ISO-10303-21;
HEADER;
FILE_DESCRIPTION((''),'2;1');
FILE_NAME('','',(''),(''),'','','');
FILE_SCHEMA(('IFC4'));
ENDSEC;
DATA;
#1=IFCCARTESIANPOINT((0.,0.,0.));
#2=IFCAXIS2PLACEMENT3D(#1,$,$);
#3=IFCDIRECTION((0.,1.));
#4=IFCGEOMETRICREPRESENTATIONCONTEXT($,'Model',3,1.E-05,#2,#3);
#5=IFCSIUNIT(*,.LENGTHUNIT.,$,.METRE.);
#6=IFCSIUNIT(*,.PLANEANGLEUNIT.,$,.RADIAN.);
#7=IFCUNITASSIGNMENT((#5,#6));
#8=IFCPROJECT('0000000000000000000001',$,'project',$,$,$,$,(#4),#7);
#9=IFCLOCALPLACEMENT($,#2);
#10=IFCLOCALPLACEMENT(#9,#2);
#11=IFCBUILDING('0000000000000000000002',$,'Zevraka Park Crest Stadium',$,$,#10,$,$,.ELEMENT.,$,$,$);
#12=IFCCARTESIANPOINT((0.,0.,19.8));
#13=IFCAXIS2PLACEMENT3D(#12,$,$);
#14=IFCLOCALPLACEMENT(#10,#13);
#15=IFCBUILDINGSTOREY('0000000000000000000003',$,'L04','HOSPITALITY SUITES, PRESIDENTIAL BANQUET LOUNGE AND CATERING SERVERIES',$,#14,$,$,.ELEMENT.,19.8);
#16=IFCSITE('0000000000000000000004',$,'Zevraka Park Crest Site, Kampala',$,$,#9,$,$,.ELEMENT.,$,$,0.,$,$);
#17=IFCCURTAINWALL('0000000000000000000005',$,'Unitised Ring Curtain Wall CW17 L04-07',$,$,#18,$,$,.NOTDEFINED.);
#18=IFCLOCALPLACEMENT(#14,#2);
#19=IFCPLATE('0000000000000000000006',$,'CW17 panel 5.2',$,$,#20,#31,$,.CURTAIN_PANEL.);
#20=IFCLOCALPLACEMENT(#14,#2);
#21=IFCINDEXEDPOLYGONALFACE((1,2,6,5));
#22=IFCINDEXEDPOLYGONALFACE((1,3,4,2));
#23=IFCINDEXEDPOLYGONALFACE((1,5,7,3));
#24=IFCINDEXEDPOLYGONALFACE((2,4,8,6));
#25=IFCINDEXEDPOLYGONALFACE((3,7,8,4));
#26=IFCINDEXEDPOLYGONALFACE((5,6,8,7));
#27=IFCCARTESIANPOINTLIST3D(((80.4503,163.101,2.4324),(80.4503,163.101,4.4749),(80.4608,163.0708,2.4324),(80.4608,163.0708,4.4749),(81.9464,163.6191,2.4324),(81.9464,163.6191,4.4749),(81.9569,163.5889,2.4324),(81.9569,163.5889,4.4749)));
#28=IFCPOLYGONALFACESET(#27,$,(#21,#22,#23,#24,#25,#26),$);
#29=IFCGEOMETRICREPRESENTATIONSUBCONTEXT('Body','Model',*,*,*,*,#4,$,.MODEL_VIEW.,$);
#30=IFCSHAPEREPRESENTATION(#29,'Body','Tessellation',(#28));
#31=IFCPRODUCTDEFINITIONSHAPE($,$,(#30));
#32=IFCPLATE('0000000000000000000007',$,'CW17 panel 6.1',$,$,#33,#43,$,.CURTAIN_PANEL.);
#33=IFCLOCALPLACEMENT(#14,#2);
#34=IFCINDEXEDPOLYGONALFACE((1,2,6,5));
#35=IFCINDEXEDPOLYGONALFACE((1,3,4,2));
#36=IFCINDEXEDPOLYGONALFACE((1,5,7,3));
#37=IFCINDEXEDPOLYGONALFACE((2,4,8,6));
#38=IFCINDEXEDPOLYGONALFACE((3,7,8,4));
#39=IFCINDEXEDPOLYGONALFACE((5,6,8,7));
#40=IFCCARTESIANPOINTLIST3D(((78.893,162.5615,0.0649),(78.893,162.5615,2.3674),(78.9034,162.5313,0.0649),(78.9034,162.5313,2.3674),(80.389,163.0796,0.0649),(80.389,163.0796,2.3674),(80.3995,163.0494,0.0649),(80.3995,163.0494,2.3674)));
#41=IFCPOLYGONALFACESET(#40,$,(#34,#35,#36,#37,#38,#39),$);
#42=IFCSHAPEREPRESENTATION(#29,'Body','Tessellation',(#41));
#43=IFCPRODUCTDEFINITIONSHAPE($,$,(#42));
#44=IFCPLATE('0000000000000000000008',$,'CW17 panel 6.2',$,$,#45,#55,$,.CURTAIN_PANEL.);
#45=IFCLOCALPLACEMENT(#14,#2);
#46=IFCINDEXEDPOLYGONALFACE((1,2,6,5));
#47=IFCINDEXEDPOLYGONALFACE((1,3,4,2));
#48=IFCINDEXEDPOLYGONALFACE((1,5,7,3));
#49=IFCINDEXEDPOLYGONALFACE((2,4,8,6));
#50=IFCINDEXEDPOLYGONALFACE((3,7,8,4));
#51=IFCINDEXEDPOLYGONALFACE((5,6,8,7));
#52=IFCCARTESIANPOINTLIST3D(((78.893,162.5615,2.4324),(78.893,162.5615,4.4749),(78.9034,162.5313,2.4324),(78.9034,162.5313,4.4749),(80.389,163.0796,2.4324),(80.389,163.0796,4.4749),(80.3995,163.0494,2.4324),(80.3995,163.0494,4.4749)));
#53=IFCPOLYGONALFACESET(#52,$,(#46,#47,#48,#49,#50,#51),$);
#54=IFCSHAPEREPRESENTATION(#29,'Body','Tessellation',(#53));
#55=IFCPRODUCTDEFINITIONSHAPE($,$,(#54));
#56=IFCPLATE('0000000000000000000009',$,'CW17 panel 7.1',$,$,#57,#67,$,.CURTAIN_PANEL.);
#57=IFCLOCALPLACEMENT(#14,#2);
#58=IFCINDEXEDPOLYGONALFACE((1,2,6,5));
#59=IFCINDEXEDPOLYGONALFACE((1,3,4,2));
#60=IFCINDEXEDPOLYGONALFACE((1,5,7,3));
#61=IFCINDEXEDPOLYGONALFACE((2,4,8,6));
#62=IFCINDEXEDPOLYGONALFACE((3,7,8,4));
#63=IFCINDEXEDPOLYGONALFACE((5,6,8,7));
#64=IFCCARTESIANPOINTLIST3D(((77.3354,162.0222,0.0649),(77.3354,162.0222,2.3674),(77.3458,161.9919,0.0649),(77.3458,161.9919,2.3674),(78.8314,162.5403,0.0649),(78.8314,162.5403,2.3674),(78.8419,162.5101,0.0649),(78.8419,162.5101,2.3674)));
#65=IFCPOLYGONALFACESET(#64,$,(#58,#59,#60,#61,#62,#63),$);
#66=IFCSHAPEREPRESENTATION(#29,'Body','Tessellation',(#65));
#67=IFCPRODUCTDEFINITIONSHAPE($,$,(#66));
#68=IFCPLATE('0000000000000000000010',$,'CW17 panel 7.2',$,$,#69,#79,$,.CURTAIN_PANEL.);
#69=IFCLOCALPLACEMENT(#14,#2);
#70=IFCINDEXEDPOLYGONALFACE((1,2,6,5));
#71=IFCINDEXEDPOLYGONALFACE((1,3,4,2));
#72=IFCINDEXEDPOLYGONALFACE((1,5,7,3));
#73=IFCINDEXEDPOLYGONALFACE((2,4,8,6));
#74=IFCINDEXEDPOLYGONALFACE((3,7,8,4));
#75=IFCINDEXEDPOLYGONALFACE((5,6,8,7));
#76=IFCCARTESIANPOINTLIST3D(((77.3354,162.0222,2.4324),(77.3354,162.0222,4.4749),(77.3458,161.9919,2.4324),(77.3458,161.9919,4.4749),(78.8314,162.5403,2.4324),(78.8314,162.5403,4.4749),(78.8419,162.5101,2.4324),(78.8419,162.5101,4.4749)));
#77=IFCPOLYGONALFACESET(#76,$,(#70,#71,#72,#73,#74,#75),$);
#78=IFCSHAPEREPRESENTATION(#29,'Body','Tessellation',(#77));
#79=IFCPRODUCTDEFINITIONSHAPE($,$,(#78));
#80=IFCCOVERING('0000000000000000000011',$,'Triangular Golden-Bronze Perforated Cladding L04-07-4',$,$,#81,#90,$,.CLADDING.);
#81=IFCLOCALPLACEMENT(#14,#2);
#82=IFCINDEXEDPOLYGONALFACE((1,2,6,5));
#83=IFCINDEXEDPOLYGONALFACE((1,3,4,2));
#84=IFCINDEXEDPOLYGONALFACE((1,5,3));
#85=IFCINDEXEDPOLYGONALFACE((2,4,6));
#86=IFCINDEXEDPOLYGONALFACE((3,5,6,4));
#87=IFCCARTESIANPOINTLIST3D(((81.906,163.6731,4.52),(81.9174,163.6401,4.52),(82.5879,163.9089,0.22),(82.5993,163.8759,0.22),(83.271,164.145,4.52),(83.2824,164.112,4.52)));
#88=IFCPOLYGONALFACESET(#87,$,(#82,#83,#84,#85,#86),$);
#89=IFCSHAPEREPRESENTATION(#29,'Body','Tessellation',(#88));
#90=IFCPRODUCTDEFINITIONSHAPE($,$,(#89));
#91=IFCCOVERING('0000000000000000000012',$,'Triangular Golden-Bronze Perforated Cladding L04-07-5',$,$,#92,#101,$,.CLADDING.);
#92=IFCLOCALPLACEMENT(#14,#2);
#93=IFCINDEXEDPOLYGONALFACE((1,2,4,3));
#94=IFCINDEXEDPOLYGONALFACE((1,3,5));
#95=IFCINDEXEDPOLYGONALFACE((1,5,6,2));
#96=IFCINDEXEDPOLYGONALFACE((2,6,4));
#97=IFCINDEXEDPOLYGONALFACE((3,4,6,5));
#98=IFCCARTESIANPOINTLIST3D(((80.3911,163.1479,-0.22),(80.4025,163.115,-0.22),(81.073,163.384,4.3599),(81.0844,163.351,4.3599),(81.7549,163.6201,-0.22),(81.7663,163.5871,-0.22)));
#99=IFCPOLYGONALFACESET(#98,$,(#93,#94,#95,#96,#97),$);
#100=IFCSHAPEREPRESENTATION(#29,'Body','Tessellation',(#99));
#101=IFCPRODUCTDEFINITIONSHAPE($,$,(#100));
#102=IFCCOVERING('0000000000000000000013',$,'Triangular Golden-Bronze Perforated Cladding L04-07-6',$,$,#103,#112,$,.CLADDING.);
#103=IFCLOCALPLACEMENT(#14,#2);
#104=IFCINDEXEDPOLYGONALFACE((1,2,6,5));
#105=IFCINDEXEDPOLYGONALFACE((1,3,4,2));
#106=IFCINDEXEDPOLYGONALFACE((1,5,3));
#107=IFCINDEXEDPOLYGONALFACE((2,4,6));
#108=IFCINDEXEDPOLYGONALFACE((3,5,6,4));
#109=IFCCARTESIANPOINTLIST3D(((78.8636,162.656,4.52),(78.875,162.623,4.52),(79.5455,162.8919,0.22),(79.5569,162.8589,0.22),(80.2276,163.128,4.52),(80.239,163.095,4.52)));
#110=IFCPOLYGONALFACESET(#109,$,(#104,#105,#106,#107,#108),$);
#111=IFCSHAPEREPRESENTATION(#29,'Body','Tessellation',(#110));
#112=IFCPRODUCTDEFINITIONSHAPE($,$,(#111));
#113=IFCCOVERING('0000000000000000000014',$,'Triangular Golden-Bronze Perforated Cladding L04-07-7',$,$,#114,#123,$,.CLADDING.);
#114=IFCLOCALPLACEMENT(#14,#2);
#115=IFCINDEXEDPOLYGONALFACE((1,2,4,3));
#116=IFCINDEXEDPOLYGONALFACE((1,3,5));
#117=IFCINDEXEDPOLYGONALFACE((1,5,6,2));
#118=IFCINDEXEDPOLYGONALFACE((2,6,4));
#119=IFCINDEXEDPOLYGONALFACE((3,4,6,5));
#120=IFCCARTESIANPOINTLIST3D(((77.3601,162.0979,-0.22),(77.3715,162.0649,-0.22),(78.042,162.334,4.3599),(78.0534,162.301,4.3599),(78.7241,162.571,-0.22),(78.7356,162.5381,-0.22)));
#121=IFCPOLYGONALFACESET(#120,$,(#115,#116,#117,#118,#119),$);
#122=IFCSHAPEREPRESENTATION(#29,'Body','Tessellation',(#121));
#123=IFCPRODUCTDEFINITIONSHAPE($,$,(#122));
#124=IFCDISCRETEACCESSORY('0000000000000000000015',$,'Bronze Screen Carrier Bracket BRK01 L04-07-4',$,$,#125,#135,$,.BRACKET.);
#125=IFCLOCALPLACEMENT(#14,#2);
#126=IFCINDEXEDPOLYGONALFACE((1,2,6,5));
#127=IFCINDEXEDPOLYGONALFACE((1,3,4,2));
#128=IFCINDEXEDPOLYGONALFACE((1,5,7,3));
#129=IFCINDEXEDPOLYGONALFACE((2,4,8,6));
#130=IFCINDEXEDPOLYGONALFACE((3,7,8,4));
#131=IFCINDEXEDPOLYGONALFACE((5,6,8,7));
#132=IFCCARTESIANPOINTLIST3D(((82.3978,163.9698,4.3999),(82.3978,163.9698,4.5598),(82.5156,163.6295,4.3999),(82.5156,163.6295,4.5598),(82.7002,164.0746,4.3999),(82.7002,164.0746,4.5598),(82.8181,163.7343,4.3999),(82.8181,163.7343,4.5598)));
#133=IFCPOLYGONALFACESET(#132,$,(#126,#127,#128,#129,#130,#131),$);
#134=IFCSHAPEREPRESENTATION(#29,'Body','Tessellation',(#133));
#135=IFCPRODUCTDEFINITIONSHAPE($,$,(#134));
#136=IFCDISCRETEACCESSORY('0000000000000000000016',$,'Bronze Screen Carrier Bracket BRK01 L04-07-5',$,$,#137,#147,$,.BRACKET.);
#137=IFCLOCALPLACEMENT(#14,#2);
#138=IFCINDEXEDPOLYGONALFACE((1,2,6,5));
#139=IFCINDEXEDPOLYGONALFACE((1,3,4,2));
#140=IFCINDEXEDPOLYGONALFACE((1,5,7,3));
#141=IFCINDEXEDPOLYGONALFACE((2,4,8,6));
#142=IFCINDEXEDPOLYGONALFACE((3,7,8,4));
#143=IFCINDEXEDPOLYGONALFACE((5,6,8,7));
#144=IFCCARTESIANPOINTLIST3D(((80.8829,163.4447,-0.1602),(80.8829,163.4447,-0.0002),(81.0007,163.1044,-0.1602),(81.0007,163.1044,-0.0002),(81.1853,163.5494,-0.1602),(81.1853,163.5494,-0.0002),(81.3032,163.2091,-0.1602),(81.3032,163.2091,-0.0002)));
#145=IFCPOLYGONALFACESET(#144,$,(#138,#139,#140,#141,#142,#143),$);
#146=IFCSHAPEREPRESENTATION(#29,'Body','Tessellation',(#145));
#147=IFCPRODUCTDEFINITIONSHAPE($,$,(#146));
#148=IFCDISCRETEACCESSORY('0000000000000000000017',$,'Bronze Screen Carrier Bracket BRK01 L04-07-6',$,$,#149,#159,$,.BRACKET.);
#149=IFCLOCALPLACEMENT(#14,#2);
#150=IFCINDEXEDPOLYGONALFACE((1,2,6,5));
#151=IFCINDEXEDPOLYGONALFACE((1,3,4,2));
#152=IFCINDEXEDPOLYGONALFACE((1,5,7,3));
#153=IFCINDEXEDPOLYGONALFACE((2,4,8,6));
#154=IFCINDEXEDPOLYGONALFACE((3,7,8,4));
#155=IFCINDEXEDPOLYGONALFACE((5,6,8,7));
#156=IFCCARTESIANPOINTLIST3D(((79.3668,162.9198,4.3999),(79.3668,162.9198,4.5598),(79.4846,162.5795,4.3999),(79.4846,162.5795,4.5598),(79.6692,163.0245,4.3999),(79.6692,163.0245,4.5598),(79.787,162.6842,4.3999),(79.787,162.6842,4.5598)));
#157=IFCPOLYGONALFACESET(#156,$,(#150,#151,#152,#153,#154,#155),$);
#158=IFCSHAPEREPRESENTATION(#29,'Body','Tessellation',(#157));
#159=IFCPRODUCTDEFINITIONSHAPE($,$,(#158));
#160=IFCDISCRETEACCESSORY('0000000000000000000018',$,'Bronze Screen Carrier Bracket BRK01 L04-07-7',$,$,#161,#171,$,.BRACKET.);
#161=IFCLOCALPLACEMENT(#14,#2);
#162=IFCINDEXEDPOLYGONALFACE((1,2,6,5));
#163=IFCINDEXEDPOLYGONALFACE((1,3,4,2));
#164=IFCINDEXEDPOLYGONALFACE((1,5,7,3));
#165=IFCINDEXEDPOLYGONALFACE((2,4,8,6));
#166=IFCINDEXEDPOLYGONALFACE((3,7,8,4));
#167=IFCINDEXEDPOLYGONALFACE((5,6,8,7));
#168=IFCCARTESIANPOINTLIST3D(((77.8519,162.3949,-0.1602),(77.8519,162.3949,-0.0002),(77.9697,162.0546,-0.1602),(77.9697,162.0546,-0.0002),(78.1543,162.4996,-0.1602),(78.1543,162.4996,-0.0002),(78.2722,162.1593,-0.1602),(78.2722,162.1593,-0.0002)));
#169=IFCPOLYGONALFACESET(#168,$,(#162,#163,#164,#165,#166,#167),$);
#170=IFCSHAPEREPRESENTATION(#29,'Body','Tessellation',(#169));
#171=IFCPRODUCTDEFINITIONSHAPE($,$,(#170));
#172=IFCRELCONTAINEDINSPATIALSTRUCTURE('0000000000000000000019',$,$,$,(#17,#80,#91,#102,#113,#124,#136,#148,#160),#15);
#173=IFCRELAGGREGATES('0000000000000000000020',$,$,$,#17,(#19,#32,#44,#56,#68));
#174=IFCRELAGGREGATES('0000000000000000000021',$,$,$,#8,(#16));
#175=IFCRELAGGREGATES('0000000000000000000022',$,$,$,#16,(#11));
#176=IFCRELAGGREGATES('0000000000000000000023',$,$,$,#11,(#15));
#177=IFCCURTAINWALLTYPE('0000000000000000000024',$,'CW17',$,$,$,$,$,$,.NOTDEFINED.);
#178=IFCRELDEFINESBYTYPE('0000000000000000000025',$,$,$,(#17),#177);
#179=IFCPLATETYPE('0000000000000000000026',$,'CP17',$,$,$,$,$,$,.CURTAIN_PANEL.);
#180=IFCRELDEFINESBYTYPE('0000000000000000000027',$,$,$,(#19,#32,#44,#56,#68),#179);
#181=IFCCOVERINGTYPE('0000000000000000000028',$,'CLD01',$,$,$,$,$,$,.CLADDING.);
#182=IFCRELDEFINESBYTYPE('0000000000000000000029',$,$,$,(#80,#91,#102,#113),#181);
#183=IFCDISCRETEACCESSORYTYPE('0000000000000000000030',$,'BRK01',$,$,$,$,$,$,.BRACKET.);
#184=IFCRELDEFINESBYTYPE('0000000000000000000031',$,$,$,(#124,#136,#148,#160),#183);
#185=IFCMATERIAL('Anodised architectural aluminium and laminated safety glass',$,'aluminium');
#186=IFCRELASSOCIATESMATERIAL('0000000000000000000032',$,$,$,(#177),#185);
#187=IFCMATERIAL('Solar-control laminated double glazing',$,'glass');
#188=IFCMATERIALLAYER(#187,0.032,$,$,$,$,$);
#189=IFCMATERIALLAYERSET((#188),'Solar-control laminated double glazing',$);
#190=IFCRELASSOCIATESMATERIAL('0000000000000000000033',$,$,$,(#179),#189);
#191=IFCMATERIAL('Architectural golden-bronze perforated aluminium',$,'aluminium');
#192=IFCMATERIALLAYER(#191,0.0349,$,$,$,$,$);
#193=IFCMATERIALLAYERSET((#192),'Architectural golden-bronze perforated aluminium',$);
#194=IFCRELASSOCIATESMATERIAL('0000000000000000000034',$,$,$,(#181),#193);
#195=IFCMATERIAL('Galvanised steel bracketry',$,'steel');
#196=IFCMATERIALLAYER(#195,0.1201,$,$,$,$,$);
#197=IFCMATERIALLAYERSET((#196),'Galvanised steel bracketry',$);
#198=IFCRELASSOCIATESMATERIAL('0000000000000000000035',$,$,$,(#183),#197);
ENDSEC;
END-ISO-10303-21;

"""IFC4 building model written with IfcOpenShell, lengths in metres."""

from ifc_helpers import new_model, si_unit, direction, frame, origin, origin_2d, place, context, subcontext, project, spatial, polyline, rectangle, outline, extrude, material, layer, layer_set, type_object, element, aggregate, save


model = new_model("IFC4")

# Units and contexts
model_context = context("Model", 3, precision=1e-05, world=origin(), true_north=direction((0.0, 1.0)))
body_context = subcontext(model_context, "Body", "Model", "MODEL_VIEW")
ifc_project = project(units=[si_unit("LENGTHUNIT", "METRE"), si_unit("PLANEANGLEUNIT", "RADIAN")], contexts=[model_context])

# Site, building, storey
site_placement = place(None, origin())
site = spatial("IfcSite", under=ifc_project, at=site_placement, Name="Zevraka Park Crest Site, Kampala", CompositionType="ELEMENT", RefElevation=0.0)
building_placement = place(site_placement, origin())
building = spatial("IfcBuilding", under=site, at=building_placement, Name="Zevraka Park Crest Stadium", CompositionType="ELEMENT")
storey_placement = place(building_placement, frame((0.0, 0.0, 19.8)))
storey = spatial("IfcBuildingStorey", under=building, at=storey_placement, Name="L04", Description="HOSPITALITY SUITES, PRESIDENTIAL BANQUET LOUNGE AND CATERING SERVERIES", CompositionType="ELEMENT", Elevation=19.8)

# Curtain wall, plates
ifc_material_1 = material(Name="Anodised architectural aluminium and laminated safety glass", Category="aluminium")
curtain_wall_type = type_object("IfcCurtainWallType", Name="CW17", PredefinedType="NOTDEFINED", material=ifc_material_1)
curtain_wall_placement = place(storey_placement, origin())
curtain_wall = element("IfcCurtainWall", 1, at=curtain_wall_placement, inside=storey, type_object=curtain_wall_type, Name="Unitised Ring Curtain Wall CW17 L04-07", PredefinedType="NOTDEFINED")
ifc_material_2 = material(Name="Solar-control laminated double glazing", Category="glass")
ifc_layer_1 = layer(ifc_material_2, 0.032)
ifc_layer_set_1 = layer_set([ifc_layer_1], Name="Solar-control laminated double glazing")
plate_type = type_object("IfcPlateType", Name="CP17", PredefinedType="CURTAIN_PANEL", material=ifc_layer_set_1)
plate_1_placement = place(storey_placement, frame((81.2036, 163.345, 2.4324), z_axis=(0.0, 0.0, 1.0), x_axis=(-0.94494, -0.327245, 0.0)))
plate_1 = element("IfcPlate", 2, at=plate_1_placement, type_object=plate_type, Name="CW17 panel 5.2", PredefinedType="CURTAIN_PANEL", context=body_context, shape_type="SweptSolid", body=[
    extrude(rectangle(XDim=1.5833, YDim=0.032, at=origin_2d()), origin(), (0.0, 0.0, 1.0), 2.0425),
])
plate_2_placement = place(storey_placement, frame((79.6462, 162.8054, 0.0649), z_axis=(0.0, 0.0, 1.0), x_axis=(-0.94494, -0.327245, 0.0)))
plate_2 = element("IfcPlate", 3, at=plate_2_placement, type_object=plate_type, Name="CW17 panel 6.1", PredefinedType="CURTAIN_PANEL", context=body_context, shape_type="SweptSolid", body=[
    extrude(rectangle(XDim=1.5833, YDim=0.032, at=origin_2d()), origin(), (0.0, 0.0, 1.0), 2.3025),
])
plate_3_placement = place(storey_placement, frame((79.6462, 162.8054, 2.4324), z_axis=(0.0, 0.0, 1.0), x_axis=(-0.94494, -0.327245, 0.0)))
plate_3 = element("IfcPlate", 4, at=plate_3_placement, type_object=plate_type, Name="CW17 panel 6.2", PredefinedType="CURTAIN_PANEL", context=body_context, shape_type="SweptSolid", body=[
    extrude(rectangle(XDim=1.5833, YDim=0.032, at=origin_2d()), origin(), (0.0, 0.0, 1.0), 2.0425),
])
plate_4_placement = place(storey_placement, frame((78.0886, 162.2661, 0.0649), z_axis=(0.0, 0.0, 1.0), x_axis=(-0.94494, -0.327245, 0.0)))
plate_4 = element("IfcPlate", 5, at=plate_4_placement, type_object=plate_type, Name="CW17 panel 7.1", PredefinedType="CURTAIN_PANEL", context=body_context, shape_type="SweptSolid", body=[
    extrude(rectangle(XDim=1.5833, YDim=0.032, at=origin_2d()), origin(), (0.0, 0.0, 1.0), 2.3025),
])
plate_5_placement = place(storey_placement, frame((78.0886, 162.2661, 2.4324), z_axis=(0.0, 0.0, 1.0), x_axis=(-0.94494, -0.327245, 0.0)))
plate_5 = element("IfcPlate", 6, at=plate_5_placement, type_object=plate_type, Name="CW17 panel 7.2", PredefinedType="CURTAIN_PANEL", context=body_context, shape_type="SweptSolid", body=[
    extrude(rectangle(XDim=1.5833, YDim=0.032, at=origin_2d()), origin(), (0.0, 0.0, 1.0), 2.0425),
])
aggregate(curtain_wall, [plate_1, plate_2, plate_3, plate_4, plate_5])

# Coverings
ifc_material_3 = material(Name="Architectural golden-bronze perforated aluminium", Category="aluminium")
ifc_layer_2 = layer(ifc_material_3, 0.0349)
ifc_layer_set_2 = layer_set([ifc_layer_2], Name="Architectural golden-bronze perforated aluminium")
covering_type = type_object("IfcCoveringType", Name="CLD01", PredefinedType="CLADDING", material=ifc_layer_set_2)
covering_1_placement = place(storey_placement, frame((81.906, 163.6731, 4.52), z_axis=(-0.326756, 0.945109, 0.00002), x_axis=(0.945109, 0.326756, 0.0)))
element("IfcCovering", 7, at=covering_1_placement, inside=storey, type_object=covering_type, Name="Triangular Golden-Bronze Perforated Cladding L04-07-4", PredefinedType="CLADDING", context=body_context, shape_type="SweptSolid", body=[
    extrude(outline(polyline([(0.0, 0.0), (1.4443, 0.0), (0.7215, 4.3), (0.0, 0.0)])), origin(), (0.0, 0.0, -1.0), 0.0349),
])
covering_2_placement = place(storey_placement, frame((81.7549, 163.6201, -0.22), z_axis=(-0.327169, 0.944966, 0.0), x_axis=(-0.944966, -0.327169, 0.0)))
element("IfcCovering", 8, at=covering_2_placement, inside=storey, type_object=covering_type, Name="Triangular Golden-Bronze Perforated Cladding L04-07-5", PredefinedType="CLADDING", context=body_context, shape_type="SweptSolid", body=[
    extrude(outline(polyline([(0.0, 0.0), (1.4432, 0.0), (0.7216, 4.5798), (0.0, 0.0)])), origin(), (0.0, 0.0, -1.0), 0.0349),
])
covering_3_placement = place(storey_placement, frame((78.875, 162.623, 4.52), z_axis=(0.326965, -0.945036, 0.000018), x_axis=(0.945036, 0.326965, 0.0)))
element("IfcCovering", 9, at=covering_3_placement, inside=storey, type_object=covering_type, Name="Triangular Golden-Bronze Perforated Cladding L04-07-6", PredefinedType="CLADDING", context=body_context, shape_type="SweptSolid", body=[
    extrude(outline(polyline([(0.0, 0.0), (1.4433, 0.0), (0.7215, -4.3), (0.0, 0.0)])), origin(), (0.0, 0.0, -1.0), 0.0349),
])
covering_4_placement = place(storey_placement, frame((78.7241, 162.571, -0.22), z_axis=(-0.32772, 0.944775, 0.000092), x_axis=(-0.944775, -0.32772, 0.0)))
element("IfcCovering", 10, at=covering_4_placement, inside=storey, type_object=covering_type, Name="Triangular Golden-Bronze Perforated Cladding L04-07-7", PredefinedType="CLADDING", context=body_context, shape_type="SweptSolid", body=[
    extrude(outline(polyline([(0.0, 0.0), (1.4437, 0.0), (0.7221, 4.5798), (0.0, 0.0)])), origin(), (0.0, 0.0, -1.0), 0.0349),
])

# Discrete accessories
ifc_material_4 = material(Name="Galvanised steel bracketry", Category="steel")
ifc_layer_3 = layer(ifc_material_4, 0.1201)
ifc_layer_set_3 = layer_set([ifc_layer_3], Name="Galvanised steel bracketry")
discrete_accessory_type = type_object("IfcDiscreteAccessoryType", Name="BRK01", PredefinedType="BRACKET", material=ifc_layer_set_3)
for number, where, z_axis, x_axis, name in (
    (11, (82.6079, 163.8521, 4.3999), (0.0, 0.0, 1.0), (-0.944949, -0.327218, 0.0), "Bronze Screen Carrier Bracket BRK01 L04-07-4"),
    (12, (81.093, 163.3269, -0.1602), (0.0, 0.0, 1.0), (-0.944949, -0.327218, 0.0), "Bronze Screen Carrier Bracket BRK01 L04-07-5"),
    (13, (79.5769, 162.802, 4.3999), (0.0, 0.0, 1.0), (-0.944949, -0.327218, 0.0), "Bronze Screen Carrier Bracket BRK01 L04-07-6"),
    (14, (78.062, 162.2771, -0.1602), (0.0, 0.0, 1.0), (-0.944949, -0.327218, 0.0), "Bronze Screen Carrier Bracket BRK01 L04-07-7"),
):
    element("IfcDiscreteAccessory", number, at=place(storey_placement, frame(where, z_axis=z_axis, x_axis=x_axis)), inside=storey, type_object=discrete_accessory_type, Name=name, PredefinedType="BRACKET", context=body_context, shape_type="SweptSolid", body=[
        extrude(rectangle(XDim=0.3201, YDim=0.3601, at=origin_2d()), origin(), (0.0, 0.0, 1.0), 0.1599),
    ])

save(model, "model.ifc")
